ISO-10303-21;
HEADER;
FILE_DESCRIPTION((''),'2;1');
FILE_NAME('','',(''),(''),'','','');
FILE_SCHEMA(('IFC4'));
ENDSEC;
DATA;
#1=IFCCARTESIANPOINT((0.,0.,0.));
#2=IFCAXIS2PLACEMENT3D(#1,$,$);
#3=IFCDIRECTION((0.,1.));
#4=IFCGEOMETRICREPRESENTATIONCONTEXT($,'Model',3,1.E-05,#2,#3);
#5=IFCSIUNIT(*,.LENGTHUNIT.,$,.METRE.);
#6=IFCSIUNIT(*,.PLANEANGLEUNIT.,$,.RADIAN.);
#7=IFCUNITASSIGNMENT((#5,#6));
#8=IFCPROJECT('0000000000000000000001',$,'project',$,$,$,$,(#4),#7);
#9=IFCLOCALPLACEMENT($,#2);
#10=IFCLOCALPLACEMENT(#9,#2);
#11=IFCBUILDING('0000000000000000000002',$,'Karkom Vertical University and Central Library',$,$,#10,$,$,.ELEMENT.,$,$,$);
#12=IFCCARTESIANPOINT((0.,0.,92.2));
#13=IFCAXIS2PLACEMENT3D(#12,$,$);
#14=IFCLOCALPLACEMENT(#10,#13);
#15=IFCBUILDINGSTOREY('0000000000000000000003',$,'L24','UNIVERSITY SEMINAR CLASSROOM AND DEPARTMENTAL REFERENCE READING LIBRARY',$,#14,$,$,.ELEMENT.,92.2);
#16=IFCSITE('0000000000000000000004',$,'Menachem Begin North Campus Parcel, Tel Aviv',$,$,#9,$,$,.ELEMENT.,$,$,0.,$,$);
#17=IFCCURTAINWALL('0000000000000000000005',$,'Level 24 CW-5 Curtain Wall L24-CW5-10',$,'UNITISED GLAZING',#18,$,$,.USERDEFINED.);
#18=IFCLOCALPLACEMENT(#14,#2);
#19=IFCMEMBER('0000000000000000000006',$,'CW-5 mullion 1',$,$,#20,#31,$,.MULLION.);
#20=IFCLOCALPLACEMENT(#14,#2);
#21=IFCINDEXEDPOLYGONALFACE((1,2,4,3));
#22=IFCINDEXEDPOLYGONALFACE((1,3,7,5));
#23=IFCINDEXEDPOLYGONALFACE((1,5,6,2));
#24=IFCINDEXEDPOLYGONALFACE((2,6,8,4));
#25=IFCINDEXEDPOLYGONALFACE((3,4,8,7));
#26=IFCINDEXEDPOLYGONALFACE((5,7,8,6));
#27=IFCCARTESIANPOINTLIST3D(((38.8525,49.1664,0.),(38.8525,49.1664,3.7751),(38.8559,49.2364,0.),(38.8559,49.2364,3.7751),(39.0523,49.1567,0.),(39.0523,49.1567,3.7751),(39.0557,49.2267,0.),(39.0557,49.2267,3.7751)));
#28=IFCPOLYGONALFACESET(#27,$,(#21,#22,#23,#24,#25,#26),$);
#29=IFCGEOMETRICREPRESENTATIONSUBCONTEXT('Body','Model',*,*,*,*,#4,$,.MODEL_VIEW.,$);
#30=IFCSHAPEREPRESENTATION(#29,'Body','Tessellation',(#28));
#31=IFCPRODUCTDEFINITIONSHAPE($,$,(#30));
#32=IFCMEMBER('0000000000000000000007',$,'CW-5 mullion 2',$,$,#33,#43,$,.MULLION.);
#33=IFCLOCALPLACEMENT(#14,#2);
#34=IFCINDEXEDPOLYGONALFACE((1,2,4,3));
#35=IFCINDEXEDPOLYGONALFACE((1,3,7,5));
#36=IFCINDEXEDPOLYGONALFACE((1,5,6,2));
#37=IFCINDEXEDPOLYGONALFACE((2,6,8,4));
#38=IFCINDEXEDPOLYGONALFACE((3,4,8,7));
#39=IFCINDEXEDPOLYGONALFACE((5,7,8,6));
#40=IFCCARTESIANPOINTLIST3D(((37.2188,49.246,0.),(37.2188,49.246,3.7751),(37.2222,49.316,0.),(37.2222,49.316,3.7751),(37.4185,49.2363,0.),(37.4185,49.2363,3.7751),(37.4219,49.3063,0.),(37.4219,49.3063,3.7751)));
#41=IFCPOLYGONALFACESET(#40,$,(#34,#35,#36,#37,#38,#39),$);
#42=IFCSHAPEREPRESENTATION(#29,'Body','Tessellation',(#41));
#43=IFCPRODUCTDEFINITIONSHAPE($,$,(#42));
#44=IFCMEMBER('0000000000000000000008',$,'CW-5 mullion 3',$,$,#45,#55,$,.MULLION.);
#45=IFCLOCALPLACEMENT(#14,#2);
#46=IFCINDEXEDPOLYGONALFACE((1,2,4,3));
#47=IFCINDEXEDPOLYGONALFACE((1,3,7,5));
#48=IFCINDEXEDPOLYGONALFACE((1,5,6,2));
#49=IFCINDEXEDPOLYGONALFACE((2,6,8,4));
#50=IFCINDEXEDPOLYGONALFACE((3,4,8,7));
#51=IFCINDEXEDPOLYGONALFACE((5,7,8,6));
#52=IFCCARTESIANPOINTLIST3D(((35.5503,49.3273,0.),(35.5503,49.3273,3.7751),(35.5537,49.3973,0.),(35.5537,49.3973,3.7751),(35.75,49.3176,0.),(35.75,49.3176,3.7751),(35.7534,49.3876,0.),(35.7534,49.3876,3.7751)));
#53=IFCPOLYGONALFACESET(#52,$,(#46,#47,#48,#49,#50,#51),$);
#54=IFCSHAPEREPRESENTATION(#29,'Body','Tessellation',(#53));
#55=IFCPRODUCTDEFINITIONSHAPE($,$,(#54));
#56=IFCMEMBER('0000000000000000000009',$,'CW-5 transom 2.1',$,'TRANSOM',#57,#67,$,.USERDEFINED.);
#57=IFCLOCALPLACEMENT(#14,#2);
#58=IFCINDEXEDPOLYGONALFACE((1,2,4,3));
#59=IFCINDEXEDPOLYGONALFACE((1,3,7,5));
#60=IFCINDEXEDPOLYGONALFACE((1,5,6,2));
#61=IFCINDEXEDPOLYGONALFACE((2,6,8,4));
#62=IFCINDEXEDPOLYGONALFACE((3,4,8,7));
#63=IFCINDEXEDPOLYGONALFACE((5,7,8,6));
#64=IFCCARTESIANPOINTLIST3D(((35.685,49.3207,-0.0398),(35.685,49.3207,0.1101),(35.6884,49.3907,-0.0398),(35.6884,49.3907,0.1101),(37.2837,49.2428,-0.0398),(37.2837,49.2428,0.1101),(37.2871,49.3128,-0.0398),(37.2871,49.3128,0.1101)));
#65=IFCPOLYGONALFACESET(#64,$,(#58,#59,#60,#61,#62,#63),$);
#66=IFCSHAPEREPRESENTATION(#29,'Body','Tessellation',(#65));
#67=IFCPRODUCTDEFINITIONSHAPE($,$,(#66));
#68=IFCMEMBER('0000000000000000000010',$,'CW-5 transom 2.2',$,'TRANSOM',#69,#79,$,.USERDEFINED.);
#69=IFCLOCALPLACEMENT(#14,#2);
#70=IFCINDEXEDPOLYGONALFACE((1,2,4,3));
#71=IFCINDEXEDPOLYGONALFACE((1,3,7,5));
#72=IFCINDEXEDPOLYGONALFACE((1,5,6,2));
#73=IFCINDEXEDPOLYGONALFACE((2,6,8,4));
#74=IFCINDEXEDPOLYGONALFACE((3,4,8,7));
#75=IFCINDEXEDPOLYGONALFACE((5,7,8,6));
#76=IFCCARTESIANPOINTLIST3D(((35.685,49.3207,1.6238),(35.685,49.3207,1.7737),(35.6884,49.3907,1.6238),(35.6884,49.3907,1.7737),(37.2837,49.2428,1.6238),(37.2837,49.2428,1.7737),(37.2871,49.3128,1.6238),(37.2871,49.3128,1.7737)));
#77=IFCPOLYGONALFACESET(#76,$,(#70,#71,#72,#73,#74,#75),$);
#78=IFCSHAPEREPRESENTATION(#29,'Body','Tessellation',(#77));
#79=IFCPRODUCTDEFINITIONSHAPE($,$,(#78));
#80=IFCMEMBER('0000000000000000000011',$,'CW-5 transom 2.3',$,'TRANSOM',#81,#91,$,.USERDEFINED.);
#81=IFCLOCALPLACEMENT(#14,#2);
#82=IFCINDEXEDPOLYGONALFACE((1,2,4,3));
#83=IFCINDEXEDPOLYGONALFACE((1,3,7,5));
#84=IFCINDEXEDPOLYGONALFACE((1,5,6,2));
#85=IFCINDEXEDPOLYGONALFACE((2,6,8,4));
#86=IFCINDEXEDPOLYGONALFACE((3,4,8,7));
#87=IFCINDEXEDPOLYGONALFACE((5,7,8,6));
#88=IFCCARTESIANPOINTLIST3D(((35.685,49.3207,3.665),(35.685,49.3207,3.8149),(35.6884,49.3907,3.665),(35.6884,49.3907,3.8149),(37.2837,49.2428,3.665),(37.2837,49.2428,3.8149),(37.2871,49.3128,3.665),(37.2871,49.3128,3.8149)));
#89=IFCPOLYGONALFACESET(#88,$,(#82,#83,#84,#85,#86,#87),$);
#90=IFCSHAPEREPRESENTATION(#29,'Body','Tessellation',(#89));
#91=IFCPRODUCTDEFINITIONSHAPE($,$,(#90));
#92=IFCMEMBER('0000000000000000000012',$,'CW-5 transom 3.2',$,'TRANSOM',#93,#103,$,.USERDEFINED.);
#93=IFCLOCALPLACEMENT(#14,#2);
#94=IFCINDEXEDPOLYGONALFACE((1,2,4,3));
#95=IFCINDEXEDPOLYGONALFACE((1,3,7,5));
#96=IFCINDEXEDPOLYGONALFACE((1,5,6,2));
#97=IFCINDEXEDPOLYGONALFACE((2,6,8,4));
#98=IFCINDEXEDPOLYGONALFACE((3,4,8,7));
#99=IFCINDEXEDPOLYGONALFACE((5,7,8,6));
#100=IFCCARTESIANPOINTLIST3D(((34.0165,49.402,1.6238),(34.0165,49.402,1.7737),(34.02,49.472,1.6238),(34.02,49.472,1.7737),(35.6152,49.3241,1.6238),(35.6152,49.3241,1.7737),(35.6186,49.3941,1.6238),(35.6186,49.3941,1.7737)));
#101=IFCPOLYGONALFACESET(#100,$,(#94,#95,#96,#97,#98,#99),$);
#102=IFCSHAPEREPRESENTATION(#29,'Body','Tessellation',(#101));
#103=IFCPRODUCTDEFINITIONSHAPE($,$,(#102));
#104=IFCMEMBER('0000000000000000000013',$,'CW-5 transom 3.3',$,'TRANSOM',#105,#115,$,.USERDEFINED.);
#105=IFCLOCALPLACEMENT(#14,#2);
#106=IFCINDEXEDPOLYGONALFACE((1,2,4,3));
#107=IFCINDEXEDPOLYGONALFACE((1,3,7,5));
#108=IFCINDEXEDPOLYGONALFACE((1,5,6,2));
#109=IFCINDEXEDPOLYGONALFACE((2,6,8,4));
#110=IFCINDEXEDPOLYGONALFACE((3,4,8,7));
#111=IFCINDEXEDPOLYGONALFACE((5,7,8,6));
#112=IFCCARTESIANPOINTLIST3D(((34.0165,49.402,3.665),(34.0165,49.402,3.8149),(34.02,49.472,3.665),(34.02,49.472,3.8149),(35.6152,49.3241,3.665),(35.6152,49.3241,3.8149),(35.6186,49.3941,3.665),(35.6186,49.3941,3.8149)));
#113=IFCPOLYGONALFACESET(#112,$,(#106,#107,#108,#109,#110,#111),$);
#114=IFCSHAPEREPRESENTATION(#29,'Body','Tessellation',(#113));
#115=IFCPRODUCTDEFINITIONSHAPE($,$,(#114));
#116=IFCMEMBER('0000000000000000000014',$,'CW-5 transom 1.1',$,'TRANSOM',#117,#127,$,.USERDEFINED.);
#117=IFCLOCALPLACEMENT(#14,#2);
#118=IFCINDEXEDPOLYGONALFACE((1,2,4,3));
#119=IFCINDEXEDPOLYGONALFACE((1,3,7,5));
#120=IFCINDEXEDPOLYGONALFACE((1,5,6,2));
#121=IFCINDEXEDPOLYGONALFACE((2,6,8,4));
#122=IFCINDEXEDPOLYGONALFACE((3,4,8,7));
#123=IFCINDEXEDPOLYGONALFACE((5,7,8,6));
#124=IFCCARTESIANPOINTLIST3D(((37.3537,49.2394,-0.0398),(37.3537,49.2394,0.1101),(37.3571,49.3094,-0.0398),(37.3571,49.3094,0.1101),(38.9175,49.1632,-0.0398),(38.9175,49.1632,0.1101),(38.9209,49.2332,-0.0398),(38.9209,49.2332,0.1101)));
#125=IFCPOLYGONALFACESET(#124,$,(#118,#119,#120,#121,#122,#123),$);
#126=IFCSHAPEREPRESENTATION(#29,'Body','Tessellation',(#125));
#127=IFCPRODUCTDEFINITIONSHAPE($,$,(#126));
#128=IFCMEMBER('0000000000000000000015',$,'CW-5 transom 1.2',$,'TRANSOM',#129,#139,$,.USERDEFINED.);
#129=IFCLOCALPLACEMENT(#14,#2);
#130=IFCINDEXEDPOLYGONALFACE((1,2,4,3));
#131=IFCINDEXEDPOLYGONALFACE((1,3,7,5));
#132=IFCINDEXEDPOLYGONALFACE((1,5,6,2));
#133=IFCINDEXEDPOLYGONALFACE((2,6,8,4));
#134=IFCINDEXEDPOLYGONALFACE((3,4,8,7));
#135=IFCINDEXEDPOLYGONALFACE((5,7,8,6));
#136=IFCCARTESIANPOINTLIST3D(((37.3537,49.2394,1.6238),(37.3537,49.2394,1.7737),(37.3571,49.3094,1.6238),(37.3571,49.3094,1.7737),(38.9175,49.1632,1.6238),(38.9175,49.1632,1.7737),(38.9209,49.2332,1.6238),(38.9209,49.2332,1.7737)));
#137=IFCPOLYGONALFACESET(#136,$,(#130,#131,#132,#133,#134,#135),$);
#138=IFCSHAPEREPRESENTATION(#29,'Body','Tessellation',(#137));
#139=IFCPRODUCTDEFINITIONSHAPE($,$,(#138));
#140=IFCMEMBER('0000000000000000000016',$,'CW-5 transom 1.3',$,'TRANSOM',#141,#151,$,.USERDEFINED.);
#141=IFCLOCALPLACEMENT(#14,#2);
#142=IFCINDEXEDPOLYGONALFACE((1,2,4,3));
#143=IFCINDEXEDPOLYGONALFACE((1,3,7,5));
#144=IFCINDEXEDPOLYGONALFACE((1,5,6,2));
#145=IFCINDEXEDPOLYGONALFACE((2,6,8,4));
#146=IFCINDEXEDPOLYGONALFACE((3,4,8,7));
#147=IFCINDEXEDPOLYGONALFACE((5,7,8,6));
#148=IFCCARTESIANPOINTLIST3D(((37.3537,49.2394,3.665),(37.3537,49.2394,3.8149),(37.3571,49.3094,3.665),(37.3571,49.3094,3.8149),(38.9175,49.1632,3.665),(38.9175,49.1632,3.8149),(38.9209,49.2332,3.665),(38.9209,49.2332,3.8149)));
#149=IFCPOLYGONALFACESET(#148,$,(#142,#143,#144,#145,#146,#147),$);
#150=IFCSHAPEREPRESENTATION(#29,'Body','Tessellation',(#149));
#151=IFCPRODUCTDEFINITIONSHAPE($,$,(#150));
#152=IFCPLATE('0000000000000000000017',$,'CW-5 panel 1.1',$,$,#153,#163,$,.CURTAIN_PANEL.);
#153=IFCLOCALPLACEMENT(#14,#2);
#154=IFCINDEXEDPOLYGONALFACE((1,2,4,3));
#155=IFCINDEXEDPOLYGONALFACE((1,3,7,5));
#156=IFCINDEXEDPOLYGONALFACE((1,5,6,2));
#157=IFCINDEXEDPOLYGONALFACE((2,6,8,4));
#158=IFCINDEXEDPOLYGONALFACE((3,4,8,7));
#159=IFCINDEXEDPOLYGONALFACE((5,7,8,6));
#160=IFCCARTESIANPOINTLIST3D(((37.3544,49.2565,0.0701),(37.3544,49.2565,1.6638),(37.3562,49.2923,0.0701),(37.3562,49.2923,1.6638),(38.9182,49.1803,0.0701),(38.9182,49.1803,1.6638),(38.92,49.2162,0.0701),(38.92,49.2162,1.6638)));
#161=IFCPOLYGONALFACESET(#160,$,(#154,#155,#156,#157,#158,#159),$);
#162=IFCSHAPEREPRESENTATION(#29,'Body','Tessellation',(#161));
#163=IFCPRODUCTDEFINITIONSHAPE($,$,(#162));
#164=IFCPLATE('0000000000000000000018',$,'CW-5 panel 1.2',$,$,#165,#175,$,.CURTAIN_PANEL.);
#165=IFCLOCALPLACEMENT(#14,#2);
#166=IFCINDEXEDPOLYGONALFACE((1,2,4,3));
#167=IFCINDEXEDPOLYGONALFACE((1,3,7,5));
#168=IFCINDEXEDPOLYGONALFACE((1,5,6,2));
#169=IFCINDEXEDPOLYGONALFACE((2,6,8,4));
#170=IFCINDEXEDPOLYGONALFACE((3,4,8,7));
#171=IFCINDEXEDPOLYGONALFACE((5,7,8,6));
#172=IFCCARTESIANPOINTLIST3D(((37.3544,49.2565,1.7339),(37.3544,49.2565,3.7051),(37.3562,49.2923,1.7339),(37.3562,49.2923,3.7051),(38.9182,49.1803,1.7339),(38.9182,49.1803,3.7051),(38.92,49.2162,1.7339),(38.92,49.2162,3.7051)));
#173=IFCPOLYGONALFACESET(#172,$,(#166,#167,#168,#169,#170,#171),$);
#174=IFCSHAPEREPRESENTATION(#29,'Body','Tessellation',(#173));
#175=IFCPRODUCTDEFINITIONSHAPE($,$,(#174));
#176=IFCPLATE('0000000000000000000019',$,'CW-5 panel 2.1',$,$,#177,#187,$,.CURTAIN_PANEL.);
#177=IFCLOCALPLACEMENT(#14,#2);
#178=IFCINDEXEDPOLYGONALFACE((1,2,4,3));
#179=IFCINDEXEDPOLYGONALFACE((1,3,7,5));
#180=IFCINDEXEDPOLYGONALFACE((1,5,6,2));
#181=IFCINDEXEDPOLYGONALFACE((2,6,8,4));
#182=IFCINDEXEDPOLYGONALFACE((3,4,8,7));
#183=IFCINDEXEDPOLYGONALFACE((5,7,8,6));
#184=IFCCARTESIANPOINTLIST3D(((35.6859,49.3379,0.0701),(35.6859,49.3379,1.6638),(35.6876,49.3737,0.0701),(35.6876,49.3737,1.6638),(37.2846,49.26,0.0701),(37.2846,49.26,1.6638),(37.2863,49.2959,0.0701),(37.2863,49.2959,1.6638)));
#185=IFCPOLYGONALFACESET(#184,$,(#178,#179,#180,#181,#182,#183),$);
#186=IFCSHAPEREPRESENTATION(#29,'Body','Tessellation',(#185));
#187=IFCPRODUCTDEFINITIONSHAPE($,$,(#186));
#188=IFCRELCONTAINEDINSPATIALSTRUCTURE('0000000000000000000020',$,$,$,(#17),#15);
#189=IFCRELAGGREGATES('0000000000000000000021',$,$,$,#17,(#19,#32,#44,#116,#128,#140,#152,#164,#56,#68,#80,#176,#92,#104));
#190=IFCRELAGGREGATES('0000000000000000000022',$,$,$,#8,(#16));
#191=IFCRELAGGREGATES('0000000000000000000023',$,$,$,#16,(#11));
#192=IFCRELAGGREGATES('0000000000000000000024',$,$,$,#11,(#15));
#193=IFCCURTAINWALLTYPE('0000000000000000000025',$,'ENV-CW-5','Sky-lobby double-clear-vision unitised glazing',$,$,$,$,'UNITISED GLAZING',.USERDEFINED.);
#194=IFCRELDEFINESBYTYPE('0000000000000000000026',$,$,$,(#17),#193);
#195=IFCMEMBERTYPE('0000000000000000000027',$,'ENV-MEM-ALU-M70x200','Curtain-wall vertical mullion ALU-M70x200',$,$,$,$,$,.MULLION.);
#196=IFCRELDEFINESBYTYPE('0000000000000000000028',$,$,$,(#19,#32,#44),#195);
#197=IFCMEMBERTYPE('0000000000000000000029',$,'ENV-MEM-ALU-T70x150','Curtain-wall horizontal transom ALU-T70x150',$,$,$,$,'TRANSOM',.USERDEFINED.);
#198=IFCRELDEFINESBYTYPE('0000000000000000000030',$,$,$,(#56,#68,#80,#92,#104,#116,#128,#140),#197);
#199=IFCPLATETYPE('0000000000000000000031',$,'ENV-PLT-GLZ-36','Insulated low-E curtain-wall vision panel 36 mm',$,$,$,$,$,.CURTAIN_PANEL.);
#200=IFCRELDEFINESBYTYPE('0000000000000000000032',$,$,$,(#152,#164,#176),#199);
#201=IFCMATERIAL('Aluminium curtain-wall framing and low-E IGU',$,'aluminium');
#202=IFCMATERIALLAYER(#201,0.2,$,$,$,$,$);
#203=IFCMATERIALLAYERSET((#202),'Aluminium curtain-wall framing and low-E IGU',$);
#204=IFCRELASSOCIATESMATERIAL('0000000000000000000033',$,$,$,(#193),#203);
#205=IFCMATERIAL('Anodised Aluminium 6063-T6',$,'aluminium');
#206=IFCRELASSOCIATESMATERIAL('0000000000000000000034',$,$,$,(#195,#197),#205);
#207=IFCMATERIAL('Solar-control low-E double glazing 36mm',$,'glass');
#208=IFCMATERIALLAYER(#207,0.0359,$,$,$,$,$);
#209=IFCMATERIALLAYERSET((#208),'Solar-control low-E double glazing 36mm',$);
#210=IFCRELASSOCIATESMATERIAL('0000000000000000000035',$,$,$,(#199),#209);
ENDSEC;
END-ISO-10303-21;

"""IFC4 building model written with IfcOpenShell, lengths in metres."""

from ifc_helpers import new_model, si_unit, direction, frame, origin, origin_with_axes, origin_2d, place, context, subcontext, project, spatial, rectangle, extrude, source, transform, mapped, material, layer, layer_set, material_profile, profile_set, type_object, element, aggregate, save


model = new_model("IFC4")

# Units and contexts
model_context = context("Model", 3, precision=1e-05, world=origin(), true_north=direction((0.0, 1.0)))
body_context = subcontext(model_context, "Body", "Model", "MODEL_VIEW")
ifc_project = project(units=[si_unit("LENGTHUNIT", "METRE"), si_unit("PLANEANGLEUNIT", "RADIAN")], contexts=[model_context])

# Site, building, storey
site_placement = place(None, origin())
site = spatial("IfcSite", under=ifc_project, at=site_placement, Name="Menachem Begin North Campus Parcel, Tel Aviv", CompositionType="ELEMENT", RefElevation=0.0)
building_placement = place(site_placement, origin())
building = spatial("IfcBuilding", under=site, at=building_placement, Name="Karkom Vertical University and Central Library", CompositionType="ELEMENT")
storey_placement = place(building_placement, frame((0.0, 0.0, 92.2)))
storey = spatial("IfcBuildingStorey", under=building, at=storey_placement, Name="L24", Description="UNIVERSITY SEMINAR CLASSROOM AND DEPARTMENTAL REFERENCE READING LIBRARY", CompositionType="ELEMENT", Elevation=92.2)

# Curtain wall, members, plates
ifc_material_1 = material(Name="Aluminium curtain-wall framing and low-E IGU", Category="aluminium")
ifc_layer_1 = layer(ifc_material_1, 0.2)
ifc_layer_set_1 = layer_set([ifc_layer_1], Name="Aluminium curtain-wall framing and low-E IGU")
curtain_wall_type = type_object("IfcCurtainWallType", Name="ENV-CW-5", Description="Sky-lobby double-clear-vision unitised glazing", ElementType="UNITISED GLAZING", PredefinedType="USERDEFINED", material=ifc_layer_set_1)
curtain_wall_placement = place(storey_placement, origin())
curtain_wall = element("IfcCurtainWall", 1, at=curtain_wall_placement, inside=storey, type_object=curtain_wall_type, Name="Level 24 CW-5 Curtain Wall L24-CW5-10", ObjectType="UNITISED GLAZING", PredefinedType="USERDEFINED")
ifc_material_2 = material(Name="Anodised Aluminium 6063-T6", Category="aluminium")
ifc_material_profile_1 = material_profile(ifc_material_2, rectangle(XDim=0.0701, YDim=0.2, at=origin_2d()), Name="ALU-M70x200")
ifc_profile_set_1 = profile_set([ifc_material_profile_1], Name="Anodised Aluminium 6063-T6")
member_type_1 = type_object("IfcMemberType", Name="ENV-MEM-ALU-M70x200", Description="Curtain-wall vertical mullion ALU-M70x200", PredefinedType="MULLION", material=ifc_profile_set_1)
shared_shape_1 = source(origin_with_axes(), body_context, "Body", "SweptSolid", [
    extrude(rectangle(XDim=0.0701, YDim=0.2, at=origin_2d()), origin(), (0.0, 0.0, 1.0), 3.7751),
])
member_1_placement = place(storey_placement, frame((38.9541, 49.1965, 0.0), z_axis=(0.0, 0.0, 1.0), x_axis=(-0.048636, -0.998817, 0.0)))
member_1 = element("IfcMember", 2, at=member_1_placement, type_object=member_type_1, Name="CW-5 mullion 1", PredefinedType="MULLION", context=body_context, shape_type="MappedRepresentation", body=[
    mapped(shared_shape_1, transform((0.0, 0.0, 0.0), scale=1.0)),
])
member_2_placement = place(storey_placement, frame((37.3203, 49.2761, 0.0), z_axis=(0.0, 0.0, 1.0), x_axis=(-0.048636, -0.998817, 0.0)))
member_2 = element("IfcMember", 3, at=member_2_placement, type_object=member_type_1, Name="CW-5 mullion 2", PredefinedType="MULLION", context=body_context, shape_type="MappedRepresentation", body=[
    mapped(shared_shape_1, transform((0.0, 0.0, 0.0), scale=1.0)),
])
member_3_placement = place(storey_placement, frame((35.6519, 49.3574, 0.0), z_axis=(0.0, 0.0, 1.0), x_axis=(-0.048636, -0.998817, 0.0)))
member_3 = element("IfcMember", 4, at=member_3_placement, type_object=member_type_1, Name="CW-5 mullion 3", PredefinedType="MULLION", context=body_context, shape_type="MappedRepresentation", body=[
    mapped(shared_shape_1, transform((0.0, 0.0, 0.0), scale=1.0)),
])
ifc_material_profile_2 = material_profile(ifc_material_2, rectangle(XDim=0.0701, YDim=0.1499, at=origin_2d()), Name="ALU-T70x150")
ifc_profile_set_2 = profile_set([ifc_material_profile_2], Name="Anodised Aluminium 6063-T6")
member_type_2 = type_object("IfcMemberType", Name="ENV-MEM-ALU-T70x150", Description="Curtain-wall horizontal transom ALU-T70x150", ElementType="TRANSOM", PredefinedType="USERDEFINED", material=ifc_profile_set_2)
shared_shape_2 = source(origin_with_axes(), body_context, "Body", "SweptSolid", [
    extrude(rectangle(XDim=0.0701, YDim=0.1499, at=origin_2d()), origin(), (0.0, 0.0, 1.0), 1.6006),
])
member_4_placement = place(storey_placement, frame((37.2854, 49.2778, 0.0352), z_axis=(-0.998815, 0.048659, 0.0), x_axis=(-0.048659, -0.998815, 0.0)))
member_4 = element("IfcMember", 5, at=member_4_placement, type_object=member_type_2, Name="CW-5 transom 2.1", ObjectType="TRANSOM", PredefinedType="USERDEFINED", context=body_context, shape_type="MappedRepresentation", body=[
    mapped(shared_shape_2, transform((0.0, 0.0, 0.0), scale=1.0)),
])
member_5_placement = place(storey_placement, frame((37.2854, 49.2778, 1.6987), z_axis=(-0.998815, 0.048659, 0.0), x_axis=(-0.048659, -0.998815, 0.0)))
member_5 = element("IfcMember", 6, at=member_5_placement, type_object=member_type_2, Name="CW-5 transom 2.2", ObjectType="TRANSOM", PredefinedType="USERDEFINED", context=body_context, shape_type="MappedRepresentation", body=[
    mapped(shared_shape_2, transform((0.0, 0.0, 0.0), scale=1.0)),
])
member_6_placement = place(storey_placement, frame((37.2854, 49.2778, 3.74), z_axis=(-0.998815, 0.048659, 0.0), x_axis=(-0.048659, -0.998815, 0.0)))
member_6 = element("IfcMember", 7, at=member_6_placement, type_object=member_type_2, Name="CW-5 transom 2.3", ObjectType="TRANSOM", PredefinedType="USERDEFINED", context=body_context, shape_type="MappedRepresentation", body=[
    mapped(shared_shape_2, transform((0.0, 0.0, 0.0), scale=1.0)),
])
member_7_placement = place(storey_placement, frame((35.6169, 49.3591, 1.6987), z_axis=(-0.998815, 0.048659, 0.0), x_axis=(-0.048659, -0.998815, 0.0)))
member_7 = element("IfcMember", 8, at=member_7_placement, type_object=member_type_2, Name="CW-5 transom 3.2", ObjectType="TRANSOM", PredefinedType="USERDEFINED", context=body_context, shape_type="MappedRepresentation", body=[
    mapped(shared_shape_2, transform((0.0, 0.0, 0.0), scale=1.0)),
])
member_8_placement = place(storey_placement, frame((35.6169, 49.3591, 3.74), z_axis=(-0.998815, 0.048659, 0.0), x_axis=(-0.048659, -0.998815, 0.0)))
member_8 = element("IfcMember", 9, at=member_8_placement, type_object=member_type_2, Name="CW-5 transom 3.3", ObjectType="TRANSOM", PredefinedType="USERDEFINED", context=body_context, shape_type="MappedRepresentation", body=[
    mapped(shared_shape_2, transform((0.0, 0.0, 0.0), scale=1.0)),
])
shared_shape_3 = source(origin_with_axes(), body_context, "Body", "SweptSolid", [
    extrude(rectangle(XDim=0.0701, YDim=0.1499, at=origin_2d()), origin(), (0.0, 0.0, 1.0), 1.5657),
])
member_9_placement = place(storey_placement, frame((38.9192, 49.1982, 0.0352), z_axis=(-0.998816, 0.048654, 0.0), x_axis=(-0.048654, -0.998816, 0.0)))
member_9 = element("IfcMember", 10, at=member_9_placement, type_object=member_type_2, Name="CW-5 transom 1.1", ObjectType="TRANSOM", PredefinedType="USERDEFINED", context=body_context, shape_type="MappedRepresentation", body=[
    mapped(shared_shape_3, transform((0.0, 0.0, 0.0), scale=1.0)),
])
member_10_placement = place(storey_placement, frame((38.9192, 49.1982, 1.6987), z_axis=(-0.998816, 0.048654, 0.0), x_axis=(-0.048654, -0.998816, 0.0)))
member_10 = element("IfcMember", 11, at=member_10_placement, type_object=member_type_2, Name="CW-5 transom 1.2", ObjectType="TRANSOM", PredefinedType="USERDEFINED", context=body_context, shape_type="MappedRepresentation", body=[
    mapped(shared_shape_3, transform((0.0, 0.0, 0.0), scale=1.0)),
])
member_11_placement = place(storey_placement, frame((38.9192, 49.1982, 3.74), z_axis=(-0.998816, 0.048654, 0.0), x_axis=(-0.048654, -0.998816, 0.0)))
member_11 = element("IfcMember", 12, at=member_11_placement, type_object=member_type_2, Name="CW-5 transom 1.3", ObjectType="TRANSOM", PredefinedType="USERDEFINED", context=body_context, shape_type="MappedRepresentation", body=[
    mapped(shared_shape_3, transform((0.0, 0.0, 0.0), scale=1.0)),
])
ifc_material_3 = material(Name="Solar-control low-E double glazing 36mm", Category="glass")
ifc_layer_2 = layer(ifc_material_3, 0.0359)
ifc_layer_set_2 = layer_set([ifc_layer_2], Name="Solar-control low-E double glazing 36mm")
plate_type = type_object("IfcPlateType", Name="ENV-PLT-GLZ-36", Description="Insulated low-E curtain-wall vision panel 36 mm", PredefinedType="CURTAIN_PANEL", material=ifc_layer_set_2)
shared_shape_4 = source(origin_with_axes(), body_context, "Body", "SweptSolid", [
    extrude(rectangle(XDim=1.5657, YDim=0.0359, at=origin_2d()), origin(), (0.0, 0.0, 1.0), 1.5938),
])
plate_1_placement = place(storey_placement, frame((38.1372, 49.2363, 0.0701), z_axis=(0.0, 0.0, 1.0), x_axis=(-0.998817, 0.048636, 0.0)))
plate_1 = element("IfcPlate", 13, at=plate_1_placement, type_object=plate_type, Name="CW-5 panel 1.1", PredefinedType="CURTAIN_PANEL", context=body_context, shape_type="MappedRepresentation", body=[
    mapped(shared_shape_4, transform((0.0, 0.0, 0.0), scale=1.0)),
])
shared_shape_5 = source(origin_with_axes(), body_context, "Body", "SweptSolid", [
    extrude(rectangle(XDim=1.5657, YDim=0.0359, at=origin_2d()), origin(), (0.0, 0.0, 1.0), 1.9712),
])
plate_2_placement = place(storey_placement, frame((38.1372, 49.2363, 1.7339), z_axis=(0.0, 0.0, 1.0), x_axis=(-0.998817, 0.048636, 0.0)))
plate_2 = element("IfcPlate", 14, at=plate_2_placement, type_object=plate_type, Name="CW-5 panel 1.2", PredefinedType="CURTAIN_PANEL", context=body_context, shape_type="MappedRepresentation", body=[
    mapped(shared_shape_5, transform((0.0, 0.0, 0.0), scale=1.0)),
])
shared_shape_6 = source(origin_with_axes(), body_context, "Body", "SweptSolid", [
    extrude(rectangle(XDim=1.6006, YDim=0.0359, at=origin_2d()), origin(), (0.0, 0.0, 1.0), 1.5938),
])
plate_3_placement = place(storey_placement, frame((36.4861, 49.3169, 0.0701), z_axis=(0.0, 0.0, 1.0), x_axis=(-0.998817, 0.048636, 0.0)))
plate_3 = element("IfcPlate", 15, at=plate_3_placement, type_object=plate_type, Name="CW-5 panel 2.1", PredefinedType="CURTAIN_PANEL", context=body_context, shape_type="MappedRepresentation", body=[
    mapped(shared_shape_6, transform((0.0, 0.0, 0.0), scale=1.0)),
])
aggregate(curtain_wall, [member_1, member_2, member_3, member_9, member_10, member_11, plate_1, plate_2, member_4, member_5, member_6, plate_3, member_7, member_8])

save(model, "model.ifc")
